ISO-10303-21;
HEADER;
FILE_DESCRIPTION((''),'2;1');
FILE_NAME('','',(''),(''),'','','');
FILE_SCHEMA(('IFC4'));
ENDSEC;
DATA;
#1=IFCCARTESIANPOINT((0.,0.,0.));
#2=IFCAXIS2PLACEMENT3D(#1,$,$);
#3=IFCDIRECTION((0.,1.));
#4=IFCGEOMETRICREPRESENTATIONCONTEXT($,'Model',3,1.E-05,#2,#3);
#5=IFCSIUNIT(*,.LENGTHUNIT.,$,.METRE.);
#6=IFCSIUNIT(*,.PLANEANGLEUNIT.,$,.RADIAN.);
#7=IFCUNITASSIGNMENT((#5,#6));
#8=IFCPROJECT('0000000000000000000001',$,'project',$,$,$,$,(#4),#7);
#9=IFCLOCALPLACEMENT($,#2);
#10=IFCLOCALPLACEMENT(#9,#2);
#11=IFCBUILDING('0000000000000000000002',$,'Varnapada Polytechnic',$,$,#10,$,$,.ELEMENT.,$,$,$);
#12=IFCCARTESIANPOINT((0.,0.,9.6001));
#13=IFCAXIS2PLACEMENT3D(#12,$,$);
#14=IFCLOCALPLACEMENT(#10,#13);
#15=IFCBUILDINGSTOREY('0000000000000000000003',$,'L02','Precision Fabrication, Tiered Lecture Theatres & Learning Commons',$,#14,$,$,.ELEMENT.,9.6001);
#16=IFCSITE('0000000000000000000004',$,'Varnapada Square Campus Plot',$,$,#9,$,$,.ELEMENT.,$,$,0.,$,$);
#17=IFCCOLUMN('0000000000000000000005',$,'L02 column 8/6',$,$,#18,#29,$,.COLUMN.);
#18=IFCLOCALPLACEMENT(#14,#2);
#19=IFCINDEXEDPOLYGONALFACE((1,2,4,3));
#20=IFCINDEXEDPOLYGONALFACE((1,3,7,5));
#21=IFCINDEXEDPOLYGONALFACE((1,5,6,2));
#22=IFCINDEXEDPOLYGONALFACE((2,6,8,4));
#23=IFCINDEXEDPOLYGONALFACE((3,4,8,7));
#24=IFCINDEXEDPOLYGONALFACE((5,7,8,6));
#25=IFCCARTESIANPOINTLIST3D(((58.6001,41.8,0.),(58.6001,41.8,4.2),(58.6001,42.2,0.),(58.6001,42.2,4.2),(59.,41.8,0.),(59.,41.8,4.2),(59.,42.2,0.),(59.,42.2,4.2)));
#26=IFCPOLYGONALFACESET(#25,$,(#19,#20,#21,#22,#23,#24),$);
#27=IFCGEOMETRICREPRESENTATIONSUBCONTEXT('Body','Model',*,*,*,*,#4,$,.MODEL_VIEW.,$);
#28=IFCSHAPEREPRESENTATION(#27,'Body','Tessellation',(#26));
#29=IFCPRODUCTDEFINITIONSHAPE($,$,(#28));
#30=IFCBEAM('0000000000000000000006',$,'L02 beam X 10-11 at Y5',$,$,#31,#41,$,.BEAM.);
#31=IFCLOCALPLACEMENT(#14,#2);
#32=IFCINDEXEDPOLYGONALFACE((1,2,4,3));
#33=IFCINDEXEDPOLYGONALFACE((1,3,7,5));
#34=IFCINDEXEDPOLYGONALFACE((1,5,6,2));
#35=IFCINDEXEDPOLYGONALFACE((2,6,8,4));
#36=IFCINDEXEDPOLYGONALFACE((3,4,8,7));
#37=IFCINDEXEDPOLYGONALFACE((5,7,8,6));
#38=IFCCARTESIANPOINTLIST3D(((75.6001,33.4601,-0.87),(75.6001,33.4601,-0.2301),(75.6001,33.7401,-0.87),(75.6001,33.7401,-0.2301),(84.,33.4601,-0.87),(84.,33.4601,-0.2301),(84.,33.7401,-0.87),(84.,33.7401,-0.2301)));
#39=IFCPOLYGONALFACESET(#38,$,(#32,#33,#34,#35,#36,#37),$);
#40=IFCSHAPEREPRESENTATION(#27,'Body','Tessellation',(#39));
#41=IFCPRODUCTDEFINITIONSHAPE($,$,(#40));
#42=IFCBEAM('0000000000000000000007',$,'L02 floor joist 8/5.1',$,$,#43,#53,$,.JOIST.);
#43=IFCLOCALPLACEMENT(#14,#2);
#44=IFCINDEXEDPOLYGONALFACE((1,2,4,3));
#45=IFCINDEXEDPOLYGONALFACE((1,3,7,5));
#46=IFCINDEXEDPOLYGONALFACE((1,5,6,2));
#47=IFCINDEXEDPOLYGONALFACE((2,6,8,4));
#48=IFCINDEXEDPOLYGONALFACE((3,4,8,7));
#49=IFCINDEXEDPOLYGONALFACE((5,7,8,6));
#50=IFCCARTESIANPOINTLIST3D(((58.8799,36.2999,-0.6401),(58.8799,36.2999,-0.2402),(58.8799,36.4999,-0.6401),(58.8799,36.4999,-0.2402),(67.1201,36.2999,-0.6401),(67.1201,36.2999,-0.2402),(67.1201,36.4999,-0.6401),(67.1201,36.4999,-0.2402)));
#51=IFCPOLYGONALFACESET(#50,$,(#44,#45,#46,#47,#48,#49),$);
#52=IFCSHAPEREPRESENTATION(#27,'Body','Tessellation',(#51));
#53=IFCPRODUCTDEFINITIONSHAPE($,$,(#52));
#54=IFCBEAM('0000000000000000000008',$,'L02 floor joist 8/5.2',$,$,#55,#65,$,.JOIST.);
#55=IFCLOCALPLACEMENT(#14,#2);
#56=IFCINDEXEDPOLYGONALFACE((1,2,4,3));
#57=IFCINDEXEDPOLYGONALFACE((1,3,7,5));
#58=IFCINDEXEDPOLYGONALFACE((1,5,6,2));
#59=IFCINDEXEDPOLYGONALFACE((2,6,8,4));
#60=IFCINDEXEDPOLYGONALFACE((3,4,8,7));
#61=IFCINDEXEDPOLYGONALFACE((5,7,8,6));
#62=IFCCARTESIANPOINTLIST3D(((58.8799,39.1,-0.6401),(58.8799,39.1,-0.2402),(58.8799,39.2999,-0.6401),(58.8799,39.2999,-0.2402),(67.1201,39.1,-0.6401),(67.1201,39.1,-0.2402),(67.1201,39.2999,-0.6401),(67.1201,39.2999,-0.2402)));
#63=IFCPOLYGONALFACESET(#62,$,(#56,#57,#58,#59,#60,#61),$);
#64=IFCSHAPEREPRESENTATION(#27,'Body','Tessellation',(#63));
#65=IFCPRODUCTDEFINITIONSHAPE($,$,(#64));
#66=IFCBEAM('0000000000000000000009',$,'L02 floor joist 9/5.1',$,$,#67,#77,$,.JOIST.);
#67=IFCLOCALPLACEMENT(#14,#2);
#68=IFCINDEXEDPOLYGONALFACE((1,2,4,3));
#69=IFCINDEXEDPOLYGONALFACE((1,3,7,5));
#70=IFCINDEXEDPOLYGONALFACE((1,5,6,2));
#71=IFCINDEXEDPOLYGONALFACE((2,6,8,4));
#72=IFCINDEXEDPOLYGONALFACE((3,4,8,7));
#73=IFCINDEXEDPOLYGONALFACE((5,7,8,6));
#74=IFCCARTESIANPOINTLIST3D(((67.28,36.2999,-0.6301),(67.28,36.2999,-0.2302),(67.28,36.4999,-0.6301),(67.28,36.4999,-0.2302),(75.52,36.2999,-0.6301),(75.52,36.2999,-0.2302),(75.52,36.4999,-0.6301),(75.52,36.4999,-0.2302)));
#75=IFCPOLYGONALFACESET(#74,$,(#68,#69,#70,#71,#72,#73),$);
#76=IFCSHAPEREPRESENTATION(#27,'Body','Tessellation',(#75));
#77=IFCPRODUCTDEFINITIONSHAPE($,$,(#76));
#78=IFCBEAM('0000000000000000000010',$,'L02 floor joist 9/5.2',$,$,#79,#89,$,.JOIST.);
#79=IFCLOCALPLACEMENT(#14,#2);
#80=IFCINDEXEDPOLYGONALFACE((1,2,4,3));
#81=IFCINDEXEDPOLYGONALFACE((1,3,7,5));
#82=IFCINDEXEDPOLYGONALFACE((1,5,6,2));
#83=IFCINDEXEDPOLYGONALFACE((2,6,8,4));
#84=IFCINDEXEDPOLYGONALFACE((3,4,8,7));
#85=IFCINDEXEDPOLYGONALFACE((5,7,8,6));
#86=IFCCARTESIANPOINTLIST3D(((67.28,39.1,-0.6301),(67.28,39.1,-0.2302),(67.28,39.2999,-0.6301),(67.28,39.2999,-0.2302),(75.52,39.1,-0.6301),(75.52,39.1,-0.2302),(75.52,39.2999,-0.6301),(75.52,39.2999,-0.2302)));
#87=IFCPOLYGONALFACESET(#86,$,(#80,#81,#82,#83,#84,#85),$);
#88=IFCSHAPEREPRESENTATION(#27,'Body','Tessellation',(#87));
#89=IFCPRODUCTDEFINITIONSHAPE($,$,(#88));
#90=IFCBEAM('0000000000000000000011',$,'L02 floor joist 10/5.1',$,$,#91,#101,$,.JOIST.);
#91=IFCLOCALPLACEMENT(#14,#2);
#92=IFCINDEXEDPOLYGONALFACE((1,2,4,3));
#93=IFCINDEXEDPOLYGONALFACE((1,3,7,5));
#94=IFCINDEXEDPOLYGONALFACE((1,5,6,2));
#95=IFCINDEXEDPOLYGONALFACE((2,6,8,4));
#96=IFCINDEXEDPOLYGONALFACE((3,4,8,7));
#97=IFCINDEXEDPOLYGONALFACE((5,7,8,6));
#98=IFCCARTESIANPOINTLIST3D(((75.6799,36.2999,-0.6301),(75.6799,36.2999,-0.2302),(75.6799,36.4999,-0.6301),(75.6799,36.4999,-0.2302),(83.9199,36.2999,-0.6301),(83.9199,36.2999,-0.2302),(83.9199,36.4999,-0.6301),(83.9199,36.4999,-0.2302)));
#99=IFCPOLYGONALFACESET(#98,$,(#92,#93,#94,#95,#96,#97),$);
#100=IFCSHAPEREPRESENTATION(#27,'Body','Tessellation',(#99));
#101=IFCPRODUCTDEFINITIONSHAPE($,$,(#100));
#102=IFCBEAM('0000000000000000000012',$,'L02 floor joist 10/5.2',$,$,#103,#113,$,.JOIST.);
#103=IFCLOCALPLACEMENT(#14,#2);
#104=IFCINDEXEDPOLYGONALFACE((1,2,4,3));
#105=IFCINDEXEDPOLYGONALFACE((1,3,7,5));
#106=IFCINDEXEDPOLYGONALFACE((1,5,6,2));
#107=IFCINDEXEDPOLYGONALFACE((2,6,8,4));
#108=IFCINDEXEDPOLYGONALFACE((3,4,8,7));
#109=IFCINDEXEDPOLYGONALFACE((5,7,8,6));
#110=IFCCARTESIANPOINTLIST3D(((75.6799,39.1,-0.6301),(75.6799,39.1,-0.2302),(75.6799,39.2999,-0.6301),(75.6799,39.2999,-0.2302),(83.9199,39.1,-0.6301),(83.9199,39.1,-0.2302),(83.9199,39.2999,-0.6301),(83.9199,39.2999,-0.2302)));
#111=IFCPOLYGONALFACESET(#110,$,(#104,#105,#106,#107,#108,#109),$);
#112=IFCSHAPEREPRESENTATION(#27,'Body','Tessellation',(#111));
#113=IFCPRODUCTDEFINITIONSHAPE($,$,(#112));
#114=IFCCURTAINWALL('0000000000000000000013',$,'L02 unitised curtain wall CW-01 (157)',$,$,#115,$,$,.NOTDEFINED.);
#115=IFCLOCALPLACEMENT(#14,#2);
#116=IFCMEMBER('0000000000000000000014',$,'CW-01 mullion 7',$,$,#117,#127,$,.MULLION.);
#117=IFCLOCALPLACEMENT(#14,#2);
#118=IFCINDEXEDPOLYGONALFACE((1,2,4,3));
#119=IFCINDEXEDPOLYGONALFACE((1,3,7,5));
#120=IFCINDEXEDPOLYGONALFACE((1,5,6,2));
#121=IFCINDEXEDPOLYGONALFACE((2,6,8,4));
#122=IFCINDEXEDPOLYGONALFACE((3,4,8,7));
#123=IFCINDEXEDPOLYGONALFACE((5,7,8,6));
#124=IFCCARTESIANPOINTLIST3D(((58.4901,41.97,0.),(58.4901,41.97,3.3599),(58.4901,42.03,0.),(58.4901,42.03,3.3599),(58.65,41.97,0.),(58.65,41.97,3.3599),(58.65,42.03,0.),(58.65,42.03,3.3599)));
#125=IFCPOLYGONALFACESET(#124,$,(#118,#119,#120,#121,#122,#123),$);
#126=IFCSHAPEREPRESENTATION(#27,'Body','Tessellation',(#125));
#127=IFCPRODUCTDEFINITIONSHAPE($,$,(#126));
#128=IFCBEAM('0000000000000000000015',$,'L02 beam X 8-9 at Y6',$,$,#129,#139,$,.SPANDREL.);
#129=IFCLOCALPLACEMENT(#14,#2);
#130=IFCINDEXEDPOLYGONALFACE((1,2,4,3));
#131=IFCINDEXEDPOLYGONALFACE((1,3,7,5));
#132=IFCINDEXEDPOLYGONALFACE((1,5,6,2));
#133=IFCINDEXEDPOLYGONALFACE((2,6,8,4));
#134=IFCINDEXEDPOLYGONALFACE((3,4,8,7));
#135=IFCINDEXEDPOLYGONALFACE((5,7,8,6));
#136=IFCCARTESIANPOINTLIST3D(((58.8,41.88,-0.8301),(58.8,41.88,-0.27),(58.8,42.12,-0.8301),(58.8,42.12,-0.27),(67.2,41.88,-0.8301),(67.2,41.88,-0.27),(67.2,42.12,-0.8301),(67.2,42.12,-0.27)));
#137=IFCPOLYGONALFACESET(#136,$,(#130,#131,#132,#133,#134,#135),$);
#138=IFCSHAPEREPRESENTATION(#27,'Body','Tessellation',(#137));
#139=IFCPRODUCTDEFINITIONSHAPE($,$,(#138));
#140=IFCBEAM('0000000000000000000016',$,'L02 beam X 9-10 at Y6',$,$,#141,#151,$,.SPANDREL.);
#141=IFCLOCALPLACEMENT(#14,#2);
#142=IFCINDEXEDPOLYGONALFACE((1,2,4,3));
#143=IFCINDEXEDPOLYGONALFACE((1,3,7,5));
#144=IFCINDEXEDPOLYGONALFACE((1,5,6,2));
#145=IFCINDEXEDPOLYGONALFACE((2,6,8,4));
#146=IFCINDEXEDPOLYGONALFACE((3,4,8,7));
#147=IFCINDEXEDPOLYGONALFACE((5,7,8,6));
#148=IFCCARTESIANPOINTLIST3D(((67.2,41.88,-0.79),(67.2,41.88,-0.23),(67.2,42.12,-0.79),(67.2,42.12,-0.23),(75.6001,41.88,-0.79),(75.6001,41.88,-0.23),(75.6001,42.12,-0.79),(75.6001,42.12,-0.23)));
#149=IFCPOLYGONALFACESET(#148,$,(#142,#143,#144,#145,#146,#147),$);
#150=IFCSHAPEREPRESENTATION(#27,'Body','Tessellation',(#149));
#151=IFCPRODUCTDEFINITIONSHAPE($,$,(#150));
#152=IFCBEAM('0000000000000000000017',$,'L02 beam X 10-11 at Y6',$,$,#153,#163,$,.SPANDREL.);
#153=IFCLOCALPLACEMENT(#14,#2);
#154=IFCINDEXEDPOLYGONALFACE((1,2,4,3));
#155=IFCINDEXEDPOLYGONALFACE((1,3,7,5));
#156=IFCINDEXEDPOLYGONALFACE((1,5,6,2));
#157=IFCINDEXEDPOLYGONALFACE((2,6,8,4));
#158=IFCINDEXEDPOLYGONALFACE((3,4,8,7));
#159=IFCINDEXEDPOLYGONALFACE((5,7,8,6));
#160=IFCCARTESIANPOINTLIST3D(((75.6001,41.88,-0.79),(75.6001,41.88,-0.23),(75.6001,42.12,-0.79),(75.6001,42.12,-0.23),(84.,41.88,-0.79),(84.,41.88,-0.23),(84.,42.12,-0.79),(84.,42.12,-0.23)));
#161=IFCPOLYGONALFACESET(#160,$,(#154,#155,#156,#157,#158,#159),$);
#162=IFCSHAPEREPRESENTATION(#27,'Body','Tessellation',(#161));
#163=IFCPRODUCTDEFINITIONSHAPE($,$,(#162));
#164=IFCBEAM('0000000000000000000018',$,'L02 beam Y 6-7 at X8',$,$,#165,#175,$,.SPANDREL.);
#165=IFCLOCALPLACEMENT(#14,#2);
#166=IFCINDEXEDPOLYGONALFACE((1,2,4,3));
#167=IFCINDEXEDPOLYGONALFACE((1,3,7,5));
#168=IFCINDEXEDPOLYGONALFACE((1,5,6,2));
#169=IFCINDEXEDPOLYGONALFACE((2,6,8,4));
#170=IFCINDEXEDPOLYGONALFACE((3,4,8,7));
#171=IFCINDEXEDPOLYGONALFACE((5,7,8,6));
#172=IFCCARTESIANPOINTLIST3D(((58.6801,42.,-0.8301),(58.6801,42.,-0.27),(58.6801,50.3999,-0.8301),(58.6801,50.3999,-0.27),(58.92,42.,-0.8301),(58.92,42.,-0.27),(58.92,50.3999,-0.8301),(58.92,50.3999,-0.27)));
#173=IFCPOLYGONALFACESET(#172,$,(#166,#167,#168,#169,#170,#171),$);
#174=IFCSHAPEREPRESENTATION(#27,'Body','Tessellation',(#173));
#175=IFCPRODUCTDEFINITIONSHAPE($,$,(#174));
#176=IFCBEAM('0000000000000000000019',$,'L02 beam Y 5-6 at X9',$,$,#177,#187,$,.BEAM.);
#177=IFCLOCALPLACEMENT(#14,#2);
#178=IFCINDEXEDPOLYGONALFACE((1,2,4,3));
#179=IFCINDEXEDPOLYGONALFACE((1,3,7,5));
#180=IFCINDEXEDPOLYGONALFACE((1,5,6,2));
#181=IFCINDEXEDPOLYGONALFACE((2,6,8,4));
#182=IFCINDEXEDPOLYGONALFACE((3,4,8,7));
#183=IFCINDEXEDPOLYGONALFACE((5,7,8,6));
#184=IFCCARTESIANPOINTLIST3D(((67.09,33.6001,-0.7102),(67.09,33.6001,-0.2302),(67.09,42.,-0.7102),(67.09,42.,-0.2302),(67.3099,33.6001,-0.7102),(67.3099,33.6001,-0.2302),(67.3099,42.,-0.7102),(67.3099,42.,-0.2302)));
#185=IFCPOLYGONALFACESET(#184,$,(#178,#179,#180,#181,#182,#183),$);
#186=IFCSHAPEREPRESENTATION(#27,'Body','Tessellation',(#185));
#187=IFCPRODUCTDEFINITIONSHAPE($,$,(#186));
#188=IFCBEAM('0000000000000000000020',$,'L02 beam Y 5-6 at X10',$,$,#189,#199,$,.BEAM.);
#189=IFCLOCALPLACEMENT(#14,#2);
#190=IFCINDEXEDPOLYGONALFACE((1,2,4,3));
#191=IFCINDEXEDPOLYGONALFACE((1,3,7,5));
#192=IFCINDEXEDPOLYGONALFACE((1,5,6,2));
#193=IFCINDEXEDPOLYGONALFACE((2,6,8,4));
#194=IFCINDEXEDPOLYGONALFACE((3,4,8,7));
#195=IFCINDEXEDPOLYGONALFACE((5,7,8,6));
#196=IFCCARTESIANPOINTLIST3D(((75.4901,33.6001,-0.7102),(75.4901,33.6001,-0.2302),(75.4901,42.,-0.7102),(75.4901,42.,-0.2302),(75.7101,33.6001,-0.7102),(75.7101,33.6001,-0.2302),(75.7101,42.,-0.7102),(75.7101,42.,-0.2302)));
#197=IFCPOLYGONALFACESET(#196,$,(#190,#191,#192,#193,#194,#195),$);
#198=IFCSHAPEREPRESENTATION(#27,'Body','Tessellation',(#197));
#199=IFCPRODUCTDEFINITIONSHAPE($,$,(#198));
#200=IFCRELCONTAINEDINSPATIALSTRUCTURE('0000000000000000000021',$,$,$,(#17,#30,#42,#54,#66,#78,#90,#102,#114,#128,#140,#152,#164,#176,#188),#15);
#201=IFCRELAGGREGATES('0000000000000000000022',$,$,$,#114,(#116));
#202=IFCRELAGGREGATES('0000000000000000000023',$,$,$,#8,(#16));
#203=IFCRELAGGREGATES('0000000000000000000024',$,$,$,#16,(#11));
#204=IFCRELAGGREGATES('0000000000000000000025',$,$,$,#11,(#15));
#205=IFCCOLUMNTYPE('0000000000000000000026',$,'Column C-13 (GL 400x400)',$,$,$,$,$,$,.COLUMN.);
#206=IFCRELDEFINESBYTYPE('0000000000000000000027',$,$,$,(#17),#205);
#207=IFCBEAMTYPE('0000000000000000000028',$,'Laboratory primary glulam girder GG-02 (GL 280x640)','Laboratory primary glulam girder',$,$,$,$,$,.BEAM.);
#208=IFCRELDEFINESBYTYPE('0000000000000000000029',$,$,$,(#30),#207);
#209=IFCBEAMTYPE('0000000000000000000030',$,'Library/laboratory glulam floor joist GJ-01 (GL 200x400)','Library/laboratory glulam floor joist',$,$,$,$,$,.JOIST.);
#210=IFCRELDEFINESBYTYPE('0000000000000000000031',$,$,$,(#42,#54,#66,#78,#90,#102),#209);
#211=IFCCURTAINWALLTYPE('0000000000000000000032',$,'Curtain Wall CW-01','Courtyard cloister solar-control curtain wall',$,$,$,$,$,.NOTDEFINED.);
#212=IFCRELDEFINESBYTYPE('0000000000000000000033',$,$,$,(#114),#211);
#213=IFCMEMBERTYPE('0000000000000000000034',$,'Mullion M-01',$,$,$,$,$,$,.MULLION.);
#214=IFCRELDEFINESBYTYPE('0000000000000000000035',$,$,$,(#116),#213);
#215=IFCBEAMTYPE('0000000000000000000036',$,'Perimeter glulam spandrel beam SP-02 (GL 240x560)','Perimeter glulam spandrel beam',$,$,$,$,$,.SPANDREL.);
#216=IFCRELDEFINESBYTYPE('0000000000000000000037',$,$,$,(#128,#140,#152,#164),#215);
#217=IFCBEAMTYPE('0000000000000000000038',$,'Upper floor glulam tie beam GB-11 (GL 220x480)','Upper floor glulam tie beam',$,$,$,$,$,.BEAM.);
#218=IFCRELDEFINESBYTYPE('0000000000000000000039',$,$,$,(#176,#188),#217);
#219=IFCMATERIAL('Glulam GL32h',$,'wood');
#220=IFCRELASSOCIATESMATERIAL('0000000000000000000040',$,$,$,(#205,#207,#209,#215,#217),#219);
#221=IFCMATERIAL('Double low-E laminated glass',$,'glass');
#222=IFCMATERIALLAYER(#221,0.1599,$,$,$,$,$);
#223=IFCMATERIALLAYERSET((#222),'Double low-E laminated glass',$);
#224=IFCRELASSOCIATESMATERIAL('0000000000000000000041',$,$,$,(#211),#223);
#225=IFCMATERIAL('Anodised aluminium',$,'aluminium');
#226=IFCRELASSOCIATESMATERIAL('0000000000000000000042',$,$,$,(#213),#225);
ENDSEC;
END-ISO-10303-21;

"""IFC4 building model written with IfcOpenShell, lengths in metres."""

from ifc_helpers import new_model, si_unit, direction, frame, origin, origin_2d, place, context, subcontext, project, spatial, rectangle, extrude, material, layer, layer_set, material_profile, profile_set, type_object, element, aggregate, save


model = new_model("IFC4")

# Units and contexts
model_context = context("Model", 3, precision=1e-05, world=origin(), true_north=direction((0.0, 1.0)))
body_context = subcontext(model_context, "Body", "Model", "MODEL_VIEW")
ifc_project = project(units=[si_unit("LENGTHUNIT", "METRE"), si_unit("PLANEANGLEUNIT", "RADIAN")], contexts=[model_context])

# Site, building, storey
site_placement = place(None, origin())
site = spatial("IfcSite", under=ifc_project, at=site_placement, Name="Varnapada Square Campus Plot", CompositionType="ELEMENT", RefElevation=0.0)
building_placement = place(site_placement, origin())
building = spatial("IfcBuilding", under=site, at=building_placement, Name="Varnapada Polytechnic", CompositionType="ELEMENT")
storey_placement = place(building_placement, frame((0.0, 0.0, 9.6001)))
storey = spatial("IfcBuildingStorey", under=building, at=storey_placement, Name="L02", Description="Precision Fabrication, Tiered Lecture Theatres & Learning Commons", CompositionType="ELEMENT", Elevation=9.6001)

# Column
ifc_material_1 = material(Name="Glulam GL32h", Category="wood")
ifc_material_profile_1 = material_profile(ifc_material_1, rectangle(XDim=0.3999, YDim=0.3999, at=origin_2d()), Name="GL 400x400")
ifc_profile_set_1 = profile_set([ifc_material_profile_1], Name="Glulam GL32h")
column_type = type_object("IfcColumnType", Name="Column C-13 (GL 400x400)", PredefinedType="COLUMN", material=ifc_profile_set_1)
column_placement = place(storey_placement, frame((58.8, 42.0, 0.0), z_axis=(0.0, 0.0, 1.0), x_axis=(1.0, 0.0, 0.0)))
element("IfcColumn", 1, at=column_placement, inside=storey, type_object=column_type, Name="L02 column 8/6", PredefinedType="COLUMN", context=body_context, shape_type="SweptSolid", body=[
    extrude(rectangle(XDim=0.3999, YDim=0.3999, at=origin_2d()), origin(), (0.0, 0.0, 1.0), 4.2),
])

# Beams
ifc_material_profile_2 = material_profile(ifc_material_1, rectangle(XDim=0.28, YDim=0.6399, at=origin_2d()), Name="GL 280x640")
ifc_profile_set_2 = profile_set([ifc_material_profile_2], Name="Glulam GL32h")
beam_type_1 = type_object("IfcBeamType", Name="Laboratory primary glulam girder GG-02 (GL 280x640)", Description="Laboratory primary glulam girder", PredefinedType="BEAM", material=ifc_profile_set_2)
beam_1_placement = place(storey_placement, frame((75.6001, 33.6001, -0.55), z_axis=(1.0, 0.0, 0.0), x_axis=(0.0, 1.0, 0.0)))
element("IfcBeam", 2, at=beam_1_placement, inside=storey, type_object=beam_type_1, Name="L02 beam X 10-11 at Y5", PredefinedType="BEAM", context=body_context, shape_type="SweptSolid", body=[
    extrude(rectangle(XDim=0.28, YDim=0.6399, at=origin_2d()), origin(), (0.0, 0.0, 1.0), 8.3999),
])
ifc_material_profile_3 = material_profile(ifc_material_1, rectangle(XDim=0.2, YDim=0.3999, at=origin_2d()), Name="GL 200x400")
ifc_profile_set_3 = profile_set([ifc_material_profile_3], Name="Glulam GL32h")
beam_type_2 = type_object("IfcBeamType", Name="Library/laboratory glulam floor joist GJ-01 (GL 200x400)", Description="Library/laboratory glulam floor joist", PredefinedType="JOIST", material=ifc_profile_set_3)
for number, where, z_axis, x_axis, name in (
    (3, (58.8799, 36.3999, -0.4402), (1.0, 0.0, 0.0), (0.0, 1.0, 0.0), "L02 floor joist 8/5.1"),
    (4, (58.8799, 39.2, -0.4402), (1.0, 0.0, 0.0), (0.0, 1.0, 0.0), "L02 floor joist 8/5.2"),
):
    element("IfcBeam", number, at=place(storey_placement, frame(where, z_axis=z_axis, x_axis=x_axis)), inside=storey, type_object=beam_type_2, Name=name, PredefinedType="JOIST", context=body_context, shape_type="SweptSolid", body=[
        extrude(rectangle(XDim=0.2, YDim=0.3999, at=origin_2d()), origin(), (0.0, 0.0, 1.0), 8.2402),
    ])
for number, where, z_axis, x_axis, name in (
    (5, (67.28, 36.3999, -0.4302), (1.0, 0.0, 0.0), (0.0, 1.0, 0.0), "L02 floor joist 9/5.1"),
    (6, (67.28, 39.2, -0.4302), (1.0, 0.0, 0.0), (0.0, 1.0, 0.0), "L02 floor joist 9/5.2"),
    (7, (75.6799, 36.3999, -0.4302), (1.0, 0.0, 0.0), (0.0, 1.0, 0.0), "L02 floor joist 10/5.1"),
    (8, (75.6799, 39.2, -0.4302), (1.0, 0.0, 0.0), (0.0, 1.0, 0.0), "L02 floor joist 10/5.2"),
):
    element("IfcBeam", number, at=place(storey_placement, frame(where, z_axis=z_axis, x_axis=x_axis)), inside=storey, type_object=beam_type_2, Name=name, PredefinedType="JOIST", context=body_context, shape_type="SweptSolid", body=[
        extrude(rectangle(XDim=0.2, YDim=0.3999, at=origin_2d()), origin(), (0.0, 0.0, 1.0), 8.24),
    ])

# Curtain wall, member
ifc_material_2 = material(Name="Double low-E laminated glass", Category="glass")
ifc_layer_1 = layer(ifc_material_2, 0.1599)
ifc_layer_set_1 = layer_set([ifc_layer_1], Name="Double low-E laminated glass")
curtain_wall_type = type_object("IfcCurtainWallType", Name="Curtain Wall CW-01", Description="Courtyard cloister solar-control curtain wall", PredefinedType="NOTDEFINED", material=ifc_layer_set_1)
curtain_wall_placement = place(storey_placement, origin())
curtain_wall = element("IfcCurtainWall", 9, at=curtain_wall_placement, inside=storey, type_object=curtain_wall_type, Name="L02 unitised curtain wall CW-01 (157)", PredefinedType="NOTDEFINED")
ifc_material_3 = material(Name="Anodised aluminium", Category="aluminium")
ifc_material_profile_4 = material_profile(ifc_material_3, rectangle(XDim=0.0601, YDim=0.1599, at=origin_2d()), Name="ALU M60x160")
ifc_profile_set_4 = profile_set([ifc_material_profile_4], Name="Anodised aluminium")
member_type = type_object("IfcMemberType", Name="Mullion M-01", PredefinedType="MULLION", material=ifc_profile_set_4)
member_placement = place(storey_placement, frame((58.5701, 42.0, 0.0), z_axis=(0.0, 0.0, 1.0), x_axis=(0.0, 1.0, 0.0)))
member = element("IfcMember", 10, at=member_placement, type_object=member_type, Name="CW-01 mullion 7", PredefinedType="MULLION", context=body_context, shape_type="SweptSolid", body=[
    extrude(rectangle(XDim=0.0601, YDim=0.1599, at=origin_2d()), origin(), (0.0, 0.0, 1.0), 3.3599),
])

# Beams
ifc_material_profile_5 = material_profile(ifc_material_1, rectangle(XDim=0.24, YDim=0.5601, at=origin_2d()), Name="GL 240x560")
ifc_profile_set_5 = profile_set([ifc_material_profile_5], Name="Glulam GL32h")
beam_type_3 = type_object("IfcBeamType", Name="Perimeter glulam spandrel beam SP-02 (GL 240x560)", Description="Perimeter glulam spandrel beam", PredefinedType="SPANDREL", material=ifc_profile_set_5)
beam_2_placement = place(storey_placement, frame((58.8, 42.0, -0.55), z_axis=(1.0, 0.0, 0.0), x_axis=(0.0, 1.0, 0.0)))
element("IfcBeam", 11, at=beam_2_placement, inside=storey, type_object=beam_type_3, Name="L02 beam X 8-9 at Y6", PredefinedType="SPANDREL", context=body_context, shape_type="SweptSolid", body=[
    extrude(rectangle(XDim=0.24, YDim=0.5601, at=origin_2d()), origin(), (0.0, 0.0, 1.0), 8.3999),
])
beam_3_placement = place(storey_placement, frame((67.2, 42.0, -0.51), z_axis=(1.0, 0.0, 0.0), x_axis=(0.0, 1.0, 0.0)))
element("IfcBeam", 12, at=beam_3_placement, inside=storey, type_object=beam_type_3, Name="L02 beam X 9-10 at Y6", PredefinedType="SPANDREL", context=body_context, shape_type="SweptSolid", body=[
    extrude(rectangle(XDim=0.24, YDim=0.5601, at=origin_2d()), origin(), (0.0, 0.0, 1.0), 8.4001),
])
for number, where, z_axis, x_axis, name in (
    (13, (75.6001, 42.0, -0.51), (1.0, 0.0, 0.0), (0.0, 1.0, 0.0), "L02 beam X 10-11 at Y6"),
    (14, (58.8, 42.0, -0.55), (0.0, 1.0, 0.0), (-1.0, 0.0, 0.0), "L02 beam Y 6-7 at X8"),
):
    element("IfcBeam", number, at=place(storey_placement, frame(where, z_axis=z_axis, x_axis=x_axis)), inside=storey, type_object=beam_type_3, Name=name, PredefinedType="SPANDREL", context=body_context, shape_type="SweptSolid", body=[
        extrude(rectangle(XDim=0.24, YDim=0.5601, at=origin_2d()), origin(), (0.0, 0.0, 1.0), 8.3999),
    ])
ifc_material_profile_6 = material_profile(ifc_material_1, rectangle(XDim=0.22, YDim=0.48, at=origin_2d()), Name="GL 220x480")
ifc_profile_set_6 = profile_set([ifc_material_profile_6], Name="Glulam GL32h")
beam_type_4 = type_object("IfcBeamType", Name="Upper floor glulam tie beam GB-11 (GL 220x480)", Description="Upper floor glulam tie beam", PredefinedType="BEAM", material=ifc_profile_set_6)
for number, where, z_axis, x_axis, name in (
    (15, (67.2, 33.6001, -0.4702), (0.0, 1.0, 0.0), (-1.0, 0.0, 0.0), "L02 beam Y 5-6 at X9"),
    (16, (75.6001, 33.6001, -0.4702), (0.0, 1.0, 0.0), (-1.0, 0.0, 0.0), "L02 beam Y 5-6 at X10"),
):
    element("IfcBeam", number, at=place(storey_placement, frame(where, z_axis=z_axis, x_axis=x_axis)), inside=storey, type_object=beam_type_4, Name=name, PredefinedType="BEAM", context=body_context, shape_type="SweptSolid", body=[
        extrude(rectangle(XDim=0.22, YDim=0.48, at=origin_2d()), origin(), (0.0, 0.0, 1.0), 8.3999),
    ])

aggregate(curtain_wall, [member])

save(model, "model.ifc")
